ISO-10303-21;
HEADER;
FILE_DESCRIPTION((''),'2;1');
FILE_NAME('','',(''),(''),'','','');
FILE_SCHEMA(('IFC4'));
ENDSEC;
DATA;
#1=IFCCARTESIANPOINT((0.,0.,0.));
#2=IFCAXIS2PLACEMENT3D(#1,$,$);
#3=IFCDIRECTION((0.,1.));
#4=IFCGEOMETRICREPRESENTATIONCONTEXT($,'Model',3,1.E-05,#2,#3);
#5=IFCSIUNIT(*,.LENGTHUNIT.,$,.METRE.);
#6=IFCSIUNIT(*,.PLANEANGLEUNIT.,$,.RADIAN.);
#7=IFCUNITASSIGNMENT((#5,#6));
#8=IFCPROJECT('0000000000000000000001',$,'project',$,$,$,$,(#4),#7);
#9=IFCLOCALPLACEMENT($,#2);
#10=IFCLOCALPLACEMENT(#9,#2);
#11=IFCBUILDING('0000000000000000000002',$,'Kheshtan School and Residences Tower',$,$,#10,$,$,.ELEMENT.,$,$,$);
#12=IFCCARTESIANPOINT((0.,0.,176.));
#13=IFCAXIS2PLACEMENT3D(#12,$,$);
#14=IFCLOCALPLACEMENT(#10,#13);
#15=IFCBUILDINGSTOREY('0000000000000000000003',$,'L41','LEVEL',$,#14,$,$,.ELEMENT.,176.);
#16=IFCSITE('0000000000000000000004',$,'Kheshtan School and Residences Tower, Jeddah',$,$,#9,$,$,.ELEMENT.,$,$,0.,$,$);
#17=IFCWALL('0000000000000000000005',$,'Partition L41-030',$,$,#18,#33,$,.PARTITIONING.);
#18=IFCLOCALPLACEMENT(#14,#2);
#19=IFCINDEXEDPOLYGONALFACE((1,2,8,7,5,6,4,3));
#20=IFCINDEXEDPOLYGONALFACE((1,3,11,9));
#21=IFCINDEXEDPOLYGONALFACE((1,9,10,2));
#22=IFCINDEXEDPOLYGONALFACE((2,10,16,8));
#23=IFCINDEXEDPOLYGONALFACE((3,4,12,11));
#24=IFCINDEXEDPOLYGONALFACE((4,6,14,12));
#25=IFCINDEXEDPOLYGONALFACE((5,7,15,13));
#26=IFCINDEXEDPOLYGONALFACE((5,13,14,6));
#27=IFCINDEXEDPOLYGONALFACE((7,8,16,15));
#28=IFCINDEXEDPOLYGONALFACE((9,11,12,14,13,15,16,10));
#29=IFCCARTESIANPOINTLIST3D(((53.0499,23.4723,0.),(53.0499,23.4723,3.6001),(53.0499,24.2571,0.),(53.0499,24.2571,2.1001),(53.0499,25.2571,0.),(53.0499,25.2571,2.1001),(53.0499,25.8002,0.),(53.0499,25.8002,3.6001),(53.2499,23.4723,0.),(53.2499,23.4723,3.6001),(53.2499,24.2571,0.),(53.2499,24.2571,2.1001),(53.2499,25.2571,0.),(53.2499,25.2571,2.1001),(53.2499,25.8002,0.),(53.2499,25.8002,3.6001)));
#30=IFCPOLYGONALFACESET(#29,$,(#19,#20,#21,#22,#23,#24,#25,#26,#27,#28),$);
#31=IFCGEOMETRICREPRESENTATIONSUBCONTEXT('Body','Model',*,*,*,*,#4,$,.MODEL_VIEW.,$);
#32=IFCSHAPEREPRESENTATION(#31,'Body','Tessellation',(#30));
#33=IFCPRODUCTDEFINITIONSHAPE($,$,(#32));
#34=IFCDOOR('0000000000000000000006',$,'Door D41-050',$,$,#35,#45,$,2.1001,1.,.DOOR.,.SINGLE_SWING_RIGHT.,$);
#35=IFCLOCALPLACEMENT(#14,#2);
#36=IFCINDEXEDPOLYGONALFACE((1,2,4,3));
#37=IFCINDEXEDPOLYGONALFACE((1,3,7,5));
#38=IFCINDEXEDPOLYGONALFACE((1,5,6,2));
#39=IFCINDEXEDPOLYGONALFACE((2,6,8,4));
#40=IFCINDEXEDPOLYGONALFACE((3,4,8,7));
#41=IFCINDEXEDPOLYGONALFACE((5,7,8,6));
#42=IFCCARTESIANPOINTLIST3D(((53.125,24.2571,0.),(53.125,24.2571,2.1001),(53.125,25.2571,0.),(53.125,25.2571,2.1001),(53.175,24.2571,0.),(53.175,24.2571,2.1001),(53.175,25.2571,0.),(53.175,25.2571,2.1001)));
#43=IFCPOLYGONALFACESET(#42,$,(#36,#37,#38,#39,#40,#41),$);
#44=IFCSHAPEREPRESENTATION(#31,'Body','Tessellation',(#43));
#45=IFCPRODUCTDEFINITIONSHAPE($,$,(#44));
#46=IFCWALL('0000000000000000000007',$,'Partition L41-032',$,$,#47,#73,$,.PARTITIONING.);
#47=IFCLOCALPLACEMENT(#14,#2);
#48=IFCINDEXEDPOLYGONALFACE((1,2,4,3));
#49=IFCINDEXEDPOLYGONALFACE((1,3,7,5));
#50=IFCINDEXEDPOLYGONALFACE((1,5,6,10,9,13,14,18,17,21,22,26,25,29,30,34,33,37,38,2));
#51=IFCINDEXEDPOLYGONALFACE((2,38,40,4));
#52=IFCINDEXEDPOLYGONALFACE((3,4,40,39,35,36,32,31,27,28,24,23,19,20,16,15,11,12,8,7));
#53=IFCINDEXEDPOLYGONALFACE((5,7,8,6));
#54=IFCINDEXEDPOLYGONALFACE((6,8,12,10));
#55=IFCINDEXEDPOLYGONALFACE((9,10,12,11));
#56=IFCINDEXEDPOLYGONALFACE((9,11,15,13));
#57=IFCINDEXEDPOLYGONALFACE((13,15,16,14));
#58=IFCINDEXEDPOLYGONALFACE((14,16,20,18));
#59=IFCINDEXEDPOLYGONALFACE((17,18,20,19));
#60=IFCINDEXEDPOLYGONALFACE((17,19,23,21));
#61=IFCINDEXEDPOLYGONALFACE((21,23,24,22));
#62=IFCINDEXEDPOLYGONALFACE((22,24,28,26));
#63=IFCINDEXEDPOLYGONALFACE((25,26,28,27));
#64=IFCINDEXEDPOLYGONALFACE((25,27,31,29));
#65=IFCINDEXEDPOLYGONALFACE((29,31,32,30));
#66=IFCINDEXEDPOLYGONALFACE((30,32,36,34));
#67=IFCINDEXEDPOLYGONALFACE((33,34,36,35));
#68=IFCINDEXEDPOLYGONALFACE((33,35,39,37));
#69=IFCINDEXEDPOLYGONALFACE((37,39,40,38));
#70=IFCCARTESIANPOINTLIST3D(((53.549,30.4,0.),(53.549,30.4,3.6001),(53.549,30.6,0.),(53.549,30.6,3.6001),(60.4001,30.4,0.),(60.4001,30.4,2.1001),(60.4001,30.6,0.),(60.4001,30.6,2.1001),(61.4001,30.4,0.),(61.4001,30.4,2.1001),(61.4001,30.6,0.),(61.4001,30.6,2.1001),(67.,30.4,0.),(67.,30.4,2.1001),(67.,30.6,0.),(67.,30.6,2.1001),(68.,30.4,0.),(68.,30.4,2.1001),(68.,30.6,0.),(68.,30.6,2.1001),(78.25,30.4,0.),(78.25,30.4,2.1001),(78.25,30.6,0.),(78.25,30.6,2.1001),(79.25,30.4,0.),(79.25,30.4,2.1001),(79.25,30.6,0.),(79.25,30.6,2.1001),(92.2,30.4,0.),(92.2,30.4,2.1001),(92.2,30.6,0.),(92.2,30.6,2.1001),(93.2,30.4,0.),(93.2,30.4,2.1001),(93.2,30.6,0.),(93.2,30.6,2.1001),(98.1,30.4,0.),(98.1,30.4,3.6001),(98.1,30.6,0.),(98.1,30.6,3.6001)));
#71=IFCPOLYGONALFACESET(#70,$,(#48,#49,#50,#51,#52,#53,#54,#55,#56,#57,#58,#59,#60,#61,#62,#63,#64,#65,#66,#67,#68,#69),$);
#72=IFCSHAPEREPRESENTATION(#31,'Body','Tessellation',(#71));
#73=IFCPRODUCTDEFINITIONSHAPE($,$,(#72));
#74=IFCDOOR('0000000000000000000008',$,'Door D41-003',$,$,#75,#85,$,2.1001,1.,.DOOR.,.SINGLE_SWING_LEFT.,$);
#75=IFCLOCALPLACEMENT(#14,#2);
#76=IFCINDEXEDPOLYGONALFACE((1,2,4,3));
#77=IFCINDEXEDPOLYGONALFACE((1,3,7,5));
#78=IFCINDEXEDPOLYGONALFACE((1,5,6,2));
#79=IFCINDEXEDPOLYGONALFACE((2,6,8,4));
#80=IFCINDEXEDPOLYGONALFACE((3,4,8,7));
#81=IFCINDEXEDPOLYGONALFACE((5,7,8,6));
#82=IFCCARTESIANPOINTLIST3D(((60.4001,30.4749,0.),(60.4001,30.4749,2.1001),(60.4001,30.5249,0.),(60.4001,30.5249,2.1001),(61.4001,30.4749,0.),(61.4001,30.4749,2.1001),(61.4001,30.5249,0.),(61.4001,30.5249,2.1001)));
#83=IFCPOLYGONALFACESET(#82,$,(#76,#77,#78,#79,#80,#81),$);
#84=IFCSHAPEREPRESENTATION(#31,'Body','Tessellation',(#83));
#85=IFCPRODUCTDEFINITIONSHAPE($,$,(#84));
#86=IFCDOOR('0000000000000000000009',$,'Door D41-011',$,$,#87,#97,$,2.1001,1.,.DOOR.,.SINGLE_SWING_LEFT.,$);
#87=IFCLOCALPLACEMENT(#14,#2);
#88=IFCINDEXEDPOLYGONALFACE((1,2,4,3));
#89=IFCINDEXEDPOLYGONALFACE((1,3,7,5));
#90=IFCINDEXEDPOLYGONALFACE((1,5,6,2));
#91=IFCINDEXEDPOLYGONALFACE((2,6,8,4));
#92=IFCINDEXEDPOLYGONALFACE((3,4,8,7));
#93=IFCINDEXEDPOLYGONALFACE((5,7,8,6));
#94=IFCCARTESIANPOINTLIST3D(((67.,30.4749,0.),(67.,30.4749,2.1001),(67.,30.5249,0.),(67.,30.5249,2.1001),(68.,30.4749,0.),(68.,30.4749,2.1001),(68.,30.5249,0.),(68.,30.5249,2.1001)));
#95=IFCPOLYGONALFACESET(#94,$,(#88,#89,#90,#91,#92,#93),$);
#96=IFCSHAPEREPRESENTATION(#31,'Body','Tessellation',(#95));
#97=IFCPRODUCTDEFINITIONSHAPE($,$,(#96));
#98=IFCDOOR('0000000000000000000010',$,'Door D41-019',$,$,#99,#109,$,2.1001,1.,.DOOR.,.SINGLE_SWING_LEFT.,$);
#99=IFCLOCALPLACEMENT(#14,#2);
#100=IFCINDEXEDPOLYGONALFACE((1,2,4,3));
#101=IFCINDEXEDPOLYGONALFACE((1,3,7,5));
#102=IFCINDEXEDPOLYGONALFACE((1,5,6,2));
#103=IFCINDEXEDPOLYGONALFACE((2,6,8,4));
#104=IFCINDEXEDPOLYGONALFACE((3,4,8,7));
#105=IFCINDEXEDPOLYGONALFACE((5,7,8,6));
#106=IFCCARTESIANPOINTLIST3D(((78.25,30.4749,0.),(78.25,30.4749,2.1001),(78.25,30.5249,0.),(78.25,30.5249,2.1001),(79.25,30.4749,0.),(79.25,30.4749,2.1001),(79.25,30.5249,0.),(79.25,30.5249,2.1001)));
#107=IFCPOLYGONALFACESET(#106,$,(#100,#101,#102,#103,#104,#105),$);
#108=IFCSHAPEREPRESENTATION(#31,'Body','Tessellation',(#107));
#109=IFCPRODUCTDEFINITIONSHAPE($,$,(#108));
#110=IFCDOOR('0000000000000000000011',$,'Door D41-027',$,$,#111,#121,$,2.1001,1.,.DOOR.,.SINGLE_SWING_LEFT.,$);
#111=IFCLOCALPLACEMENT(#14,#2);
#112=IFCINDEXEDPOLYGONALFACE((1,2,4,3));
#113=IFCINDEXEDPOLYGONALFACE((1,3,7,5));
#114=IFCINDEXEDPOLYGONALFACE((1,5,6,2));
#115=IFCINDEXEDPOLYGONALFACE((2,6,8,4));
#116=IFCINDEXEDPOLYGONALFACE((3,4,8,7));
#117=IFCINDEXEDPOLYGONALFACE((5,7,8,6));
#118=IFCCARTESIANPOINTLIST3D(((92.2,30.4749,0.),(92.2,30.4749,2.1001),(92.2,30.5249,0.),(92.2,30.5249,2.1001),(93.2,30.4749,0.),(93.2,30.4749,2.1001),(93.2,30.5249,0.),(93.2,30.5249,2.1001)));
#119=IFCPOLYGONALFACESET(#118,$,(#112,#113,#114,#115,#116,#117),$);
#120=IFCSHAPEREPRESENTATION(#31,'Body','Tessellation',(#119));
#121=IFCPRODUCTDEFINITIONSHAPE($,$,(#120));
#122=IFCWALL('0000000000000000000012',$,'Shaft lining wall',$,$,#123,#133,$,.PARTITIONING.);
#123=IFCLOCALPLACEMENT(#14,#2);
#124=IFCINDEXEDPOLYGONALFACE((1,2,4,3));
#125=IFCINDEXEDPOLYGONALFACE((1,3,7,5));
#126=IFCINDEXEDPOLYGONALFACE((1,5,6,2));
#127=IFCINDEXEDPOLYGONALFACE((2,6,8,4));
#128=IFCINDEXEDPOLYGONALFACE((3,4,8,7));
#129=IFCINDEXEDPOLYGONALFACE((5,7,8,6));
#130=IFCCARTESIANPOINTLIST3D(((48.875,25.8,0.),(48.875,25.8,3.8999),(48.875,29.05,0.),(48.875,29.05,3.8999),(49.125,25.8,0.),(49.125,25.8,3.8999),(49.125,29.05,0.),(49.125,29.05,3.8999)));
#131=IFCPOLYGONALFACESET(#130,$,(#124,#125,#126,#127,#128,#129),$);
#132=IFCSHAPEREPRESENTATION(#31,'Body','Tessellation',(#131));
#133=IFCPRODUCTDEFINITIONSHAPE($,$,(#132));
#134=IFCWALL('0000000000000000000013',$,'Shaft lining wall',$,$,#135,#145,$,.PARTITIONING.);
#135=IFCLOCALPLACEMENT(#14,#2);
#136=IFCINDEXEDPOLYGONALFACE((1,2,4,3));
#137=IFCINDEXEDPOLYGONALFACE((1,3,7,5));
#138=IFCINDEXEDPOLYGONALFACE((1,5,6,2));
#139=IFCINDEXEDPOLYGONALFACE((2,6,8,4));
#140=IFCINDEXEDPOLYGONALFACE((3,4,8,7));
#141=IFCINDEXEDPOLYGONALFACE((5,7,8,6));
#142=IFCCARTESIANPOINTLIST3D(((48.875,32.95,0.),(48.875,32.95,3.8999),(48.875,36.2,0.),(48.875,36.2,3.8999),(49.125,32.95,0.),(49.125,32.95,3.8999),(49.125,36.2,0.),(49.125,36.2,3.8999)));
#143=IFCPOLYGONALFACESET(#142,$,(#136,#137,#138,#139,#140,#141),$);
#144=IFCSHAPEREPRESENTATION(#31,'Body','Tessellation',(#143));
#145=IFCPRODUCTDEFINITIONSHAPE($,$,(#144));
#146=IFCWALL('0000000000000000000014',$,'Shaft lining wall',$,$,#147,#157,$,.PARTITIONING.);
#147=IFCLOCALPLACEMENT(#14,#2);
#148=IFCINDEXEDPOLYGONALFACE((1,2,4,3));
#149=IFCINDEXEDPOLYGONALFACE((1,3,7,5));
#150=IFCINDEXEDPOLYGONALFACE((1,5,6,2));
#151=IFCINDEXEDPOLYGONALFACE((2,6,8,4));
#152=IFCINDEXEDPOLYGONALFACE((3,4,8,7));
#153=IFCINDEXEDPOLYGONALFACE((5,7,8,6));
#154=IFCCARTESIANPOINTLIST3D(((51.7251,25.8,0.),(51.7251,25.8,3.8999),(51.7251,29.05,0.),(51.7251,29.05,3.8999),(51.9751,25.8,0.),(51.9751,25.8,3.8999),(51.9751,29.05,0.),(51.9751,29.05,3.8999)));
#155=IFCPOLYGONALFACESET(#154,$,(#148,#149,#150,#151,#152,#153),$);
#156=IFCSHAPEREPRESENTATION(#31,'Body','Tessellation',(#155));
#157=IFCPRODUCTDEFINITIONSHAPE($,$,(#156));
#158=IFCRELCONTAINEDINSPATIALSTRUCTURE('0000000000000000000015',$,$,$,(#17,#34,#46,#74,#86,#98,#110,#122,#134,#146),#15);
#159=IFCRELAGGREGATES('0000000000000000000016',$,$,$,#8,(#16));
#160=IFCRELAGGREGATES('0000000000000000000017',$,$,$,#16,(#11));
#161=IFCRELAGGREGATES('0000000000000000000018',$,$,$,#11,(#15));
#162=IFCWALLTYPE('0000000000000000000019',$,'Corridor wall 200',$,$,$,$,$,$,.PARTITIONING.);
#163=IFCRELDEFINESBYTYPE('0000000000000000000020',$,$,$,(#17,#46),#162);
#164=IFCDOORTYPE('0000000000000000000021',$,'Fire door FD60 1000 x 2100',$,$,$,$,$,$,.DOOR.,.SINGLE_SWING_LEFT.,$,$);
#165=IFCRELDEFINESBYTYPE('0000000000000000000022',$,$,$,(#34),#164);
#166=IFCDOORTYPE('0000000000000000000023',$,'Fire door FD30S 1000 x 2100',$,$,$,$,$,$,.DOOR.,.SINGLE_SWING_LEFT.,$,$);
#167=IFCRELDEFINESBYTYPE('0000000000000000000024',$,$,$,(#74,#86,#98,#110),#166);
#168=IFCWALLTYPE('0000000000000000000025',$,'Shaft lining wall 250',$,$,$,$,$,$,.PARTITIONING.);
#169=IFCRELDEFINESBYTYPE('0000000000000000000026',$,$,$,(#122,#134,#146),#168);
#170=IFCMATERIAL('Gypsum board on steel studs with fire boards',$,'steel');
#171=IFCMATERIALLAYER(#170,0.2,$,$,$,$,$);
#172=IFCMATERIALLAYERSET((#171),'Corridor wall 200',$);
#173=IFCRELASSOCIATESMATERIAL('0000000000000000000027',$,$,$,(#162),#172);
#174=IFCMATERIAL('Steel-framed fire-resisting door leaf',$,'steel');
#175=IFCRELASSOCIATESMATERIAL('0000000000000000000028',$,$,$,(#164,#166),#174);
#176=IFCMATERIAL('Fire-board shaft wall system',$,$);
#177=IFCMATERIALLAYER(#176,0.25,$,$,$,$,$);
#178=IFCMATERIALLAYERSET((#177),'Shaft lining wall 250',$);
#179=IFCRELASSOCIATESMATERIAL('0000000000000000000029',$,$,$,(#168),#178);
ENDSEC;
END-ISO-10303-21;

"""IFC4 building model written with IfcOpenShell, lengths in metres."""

from ifc_helpers import new_model, si_unit, direction, frame, frame_2d, origin, place, context, subcontext, project, spatial, rectangle, extrude, source, transform, mapped, material, layer, layer_set, type_object, element, fill, save


model = new_model("IFC4")

# Units and contexts
model_context = context("Model", 3, precision=1e-05, world=origin(), true_north=direction((0.0, 1.0)))
body_context = subcontext(model_context, "Body", "Model", "MODEL_VIEW")
ifc_project = project(units=[si_unit("LENGTHUNIT", "METRE"), si_unit("PLANEANGLEUNIT", "RADIAN")], contexts=[model_context])

# Site, building, storey
site_placement = place(None, origin())
site = spatial("IfcSite", under=ifc_project, at=site_placement, Name="Kheshtan School and Residences Tower, Jeddah", CompositionType="ELEMENT", RefElevation=0.0)
building_placement = place(site_placement, origin())
building = spatial("IfcBuilding", under=site, at=building_placement, Name="Kheshtan School and Residences Tower", CompositionType="ELEMENT")
storey_placement = place(building_placement, frame((0.0, 0.0, 176.0)))
storey = spatial("IfcBuildingStorey", under=building, at=storey_placement, Name="L41", Description="LEVEL", CompositionType="ELEMENT", Elevation=176.0)

# Wall, opening, door
ifc_material_1 = material(Name="Gypsum board on steel studs with fire boards", Category="steel")
ifc_layer_1 = layer(ifc_material_1, 0.2)
ifc_layer_set_1 = layer_set([ifc_layer_1], Name="Corridor wall 200")
wall_type_1 = type_object("IfcWallType", Name="Corridor wall 200", PredefinedType="PARTITIONING", material=ifc_layer_set_1)
wall_1_placement = place(storey_placement, frame((53.1499, 23.4722, 0.0), z_axis=(0.0, 0.0, 1.0), x_axis=(0.0, 1.0, 0.0)))
wall_1 = element("IfcWall", 1, at=wall_1_placement, inside=storey, type_object=wall_type_1, Name="Partition L41-030", PredefinedType="PARTITIONING", context=body_context, shape_type="SweptSolid", body=[
    extrude(rectangle(XDim=2.3279, YDim=0.2, at=frame_2d((1.1641, 0.0))), origin(), (0.0, 0.0, 1.0), 3.6001),
])
opening_1_placement = place(wall_1_placement, frame((0.7849, 0.0, 0.0)))
opening_1 = element("IfcOpeningElement", 2, at=opening_1_placement, cuts=wall_1, PredefinedType="OPENING", context=body_context, shape_type="SweptSolid", body=[
    extrude(rectangle(XDim=1.0, YDim=2.1001, at=frame_2d((0.5, 1.05))), frame((0.0, 0.1099, 0.0), z_axis=(0.0, -1.0, 0.0), x_axis=(1.0, 0.0, 0.0)), (0.0, 0.0, 1.0), 0.22),
])
ifc_material_2 = material(Name="Steel-framed fire-resisting door leaf", Category="steel")
door_type_1 = type_object("IfcDoorType", Name="Fire door FD60 1000 x 2100", OperationType="SINGLE_SWING_LEFT", PredefinedType="DOOR", material=ifc_material_2)
shared_shape_1 = source(origin(), body_context, "Body", "SweptSolid", [
    extrude(rectangle(XDim=1.0, YDim=2.1001, at=frame_2d((0.5, 1.05))), frame((0.0, 0.0249, 0.0), z_axis=(0.0, -1.0, 0.0), x_axis=(1.0, 0.0, 0.0)), (0.0, 0.0, 1.0), 0.05),
])
door_1_placement = place(opening_1_placement, origin())
door_1 = element("IfcDoor", 3, at=door_1_placement, inside=storey, type_object=door_type_1, Name="Door D41-050", OperationType="SINGLE_SWING_RIGHT", OverallHeight=2.1001, OverallWidth=1.0, PredefinedType="DOOR", context=body_context, shape_type="MappedRepresentation", body=[
    mapped(shared_shape_1, transform((0.0, 0.0, 0.0), x_axis=(1.0, 0.0, 0.0), y_axis=(0.0, 1.0, 0.0), z_axis=(0.0, 0.0, 1.0), scale=1.0)),
])
fill(opening_1, door_1)

# Wall, openings, doors
wall_2_placement = place(storey_placement, frame((53.5491, 30.5, 0.0), z_axis=(0.0, 0.0, 1.0), x_axis=(1.0, 0.0, 0.0)))
wall_2 = element("IfcWall", 4, at=wall_2_placement, inside=storey, type_object=wall_type_1, Name="Partition L41-032", PredefinedType="PARTITIONING", context=body_context, shape_type="SweptSolid", body=[
    extrude(rectangle(XDim=44.551, YDim=0.2, at=frame_2d((22.2754, 0.0))), origin(), (0.0, 0.0, 1.0), 3.6001),
])
opening_2_placement = place(wall_2_placement, frame((6.8511, 0.0, 0.0)))
opening_2 = element("IfcOpeningElement", 5, at=opening_2_placement, cuts=wall_2, PredefinedType="OPENING", context=body_context, shape_type="SweptSolid", body=[
    extrude(rectangle(XDim=1.0, YDim=2.1001, at=frame_2d((0.5, 1.05))), frame((0.0, 0.1099, 0.0), z_axis=(0.0, -1.0, 0.0), x_axis=(1.0, 0.0, 0.0)), (0.0, 0.0, 1.0), 0.22),
])
opening_3_placement = place(wall_2_placement, frame((13.4509, 0.0, 0.0)))
opening_3 = element("IfcOpeningElement", 6, at=opening_3_placement, cuts=wall_2, PredefinedType="OPENING", context=body_context, shape_type="SweptSolid", body=[
    extrude(rectangle(XDim=1.0, YDim=2.1001, at=frame_2d((0.5, 1.05))), frame((0.0, 0.1099, 0.0), z_axis=(0.0, -1.0, 0.0), x_axis=(1.0, 0.0, 0.0)), (0.0, 0.0, 1.0), 0.22),
])
opening_4_placement = place(wall_2_placement, frame((24.7009, 0.0, 0.0)))
opening_4 = element("IfcOpeningElement", 7, at=opening_4_placement, cuts=wall_2, PredefinedType="OPENING", context=body_context, shape_type="SweptSolid", body=[
    extrude(rectangle(XDim=1.0, YDim=2.1001, at=frame_2d((0.5, 1.05))), frame((0.0, 0.1099, 0.0), z_axis=(0.0, -1.0, 0.0), x_axis=(1.0, 0.0, 0.0)), (0.0, 0.0, 1.0), 0.22),
])
opening_5_placement = place(wall_2_placement, frame((38.6509, 0.0, 0.0)))
opening_5 = element("IfcOpeningElement", 8, at=opening_5_placement, cuts=wall_2, PredefinedType="OPENING", context=body_context, shape_type="SweptSolid", body=[
    extrude(rectangle(XDim=1.0, YDim=2.1001, at=frame_2d((0.5, 1.05))), frame((0.0, 0.1099, 0.0), z_axis=(0.0, -1.0, 0.0), x_axis=(1.0, 0.0, 0.0)), (0.0, 0.0, 1.0), 0.22),
])
door_type_2 = type_object("IfcDoorType", Name="Fire door FD30S 1000 x 2100", OperationType="SINGLE_SWING_LEFT", PredefinedType="DOOR", material=ifc_material_2)
shared_shape_2 = source(origin(), body_context, "Body", "SweptSolid", [
    extrude(rectangle(XDim=1.0, YDim=2.1001, at=frame_2d((0.5, 1.05))), frame((0.0, 0.0249, 0.0), z_axis=(0.0, -1.0, 0.0), x_axis=(1.0, 0.0, 0.0)), (0.0, 0.0, 1.0), 0.05),
])
door_2_placement = place(opening_2_placement, origin())
door_2 = element("IfcDoor", 9, at=door_2_placement, inside=storey, type_object=door_type_2, Name="Door D41-003", OperationType="SINGLE_SWING_LEFT", OverallHeight=2.1001, OverallWidth=1.0, PredefinedType="DOOR", context=body_context, shape_type="MappedRepresentation", body=[
    mapped(shared_shape_2, transform((0.0, 0.0, 0.0), x_axis=(1.0, 0.0, 0.0), y_axis=(0.0, 1.0, 0.0), z_axis=(0.0, 0.0, 1.0), scale=1.0)),
])
fill(opening_2, door_2)
door_3_placement = place(opening_3_placement, origin())
door_3 = element("IfcDoor", 10, at=door_3_placement, inside=storey, type_object=door_type_2, Name="Door D41-011", OperationType="SINGLE_SWING_LEFT", OverallHeight=2.1001, OverallWidth=1.0, PredefinedType="DOOR", context=body_context, shape_type="MappedRepresentation", body=[
    mapped(shared_shape_2, transform((0.0, 0.0, 0.0), x_axis=(1.0, 0.0, 0.0), y_axis=(0.0, 1.0, 0.0), z_axis=(0.0, 0.0, 1.0), scale=1.0)),
])
fill(opening_3, door_3)
door_4_placement = place(opening_4_placement, origin())
door_4 = element("IfcDoor", 11, at=door_4_placement, inside=storey, type_object=door_type_2, Name="Door D41-019", OperationType="SINGLE_SWING_LEFT", OverallHeight=2.1001, OverallWidth=1.0, PredefinedType="DOOR", context=body_context, shape_type="MappedRepresentation", body=[
    mapped(shared_shape_2, transform((0.0, 0.0, 0.0), x_axis=(1.0, 0.0, 0.0), y_axis=(0.0, 1.0, 0.0), z_axis=(0.0, 0.0, 1.0), scale=1.0)),
])
fill(opening_4, door_4)
door_5_placement = place(opening_5_placement, origin())
door_5 = element("IfcDoor", 12, at=door_5_placement, inside=storey, type_object=door_type_2, Name="Door D41-027", OperationType="SINGLE_SWING_LEFT", OverallHeight=2.1001, OverallWidth=1.0, PredefinedType="DOOR", context=body_context, shape_type="MappedRepresentation", body=[
    mapped(shared_shape_2, transform((0.0, 0.0, 0.0), x_axis=(1.0, 0.0, 0.0), y_axis=(0.0, 1.0, 0.0), z_axis=(0.0, 0.0, 1.0), scale=1.0)),
])
fill(opening_5, door_5)

# Walls
ifc_material_3 = material(Name="Fire-board shaft wall system")
ifc_layer_2 = layer(ifc_material_3, 0.25)
ifc_layer_set_2 = layer_set([ifc_layer_2], Name="Shaft lining wall 250")
wall_type_2 = type_object("IfcWallType", Name="Shaft lining wall 250", PredefinedType="PARTITIONING", material=ifc_layer_set_2)
for number, where, z_axis, x_axis, name in (
    (13, (49.0, 25.8, 0.0), (0.0, 0.0, 1.0), (0.0, 1.0, 0.0), "Shaft lining wall"),
    (14, (49.0, 32.95, 0.0), (0.0, 0.0, 1.0), (0.0, 1.0, 0.0), "Shaft lining wall"),
    (15, (51.8501, 25.8, 0.0), (0.0, 0.0, 1.0), (0.0, 1.0, 0.0), "Shaft lining wall"),
):
    element("IfcWall", number, at=place(storey_placement, frame(where, z_axis=z_axis, x_axis=x_axis)), inside=storey, type_object=wall_type_2, Name=name, PredefinedType="PARTITIONING", context=body_context, shape_type="SweptSolid", body=[
        extrude(rectangle(XDim=3.25, YDim=0.25, at=frame_2d((1.625, 0.0))), origin(), (0.0, 0.0, 1.0), 3.8999),
    ])

save(model, "model.ifc")
